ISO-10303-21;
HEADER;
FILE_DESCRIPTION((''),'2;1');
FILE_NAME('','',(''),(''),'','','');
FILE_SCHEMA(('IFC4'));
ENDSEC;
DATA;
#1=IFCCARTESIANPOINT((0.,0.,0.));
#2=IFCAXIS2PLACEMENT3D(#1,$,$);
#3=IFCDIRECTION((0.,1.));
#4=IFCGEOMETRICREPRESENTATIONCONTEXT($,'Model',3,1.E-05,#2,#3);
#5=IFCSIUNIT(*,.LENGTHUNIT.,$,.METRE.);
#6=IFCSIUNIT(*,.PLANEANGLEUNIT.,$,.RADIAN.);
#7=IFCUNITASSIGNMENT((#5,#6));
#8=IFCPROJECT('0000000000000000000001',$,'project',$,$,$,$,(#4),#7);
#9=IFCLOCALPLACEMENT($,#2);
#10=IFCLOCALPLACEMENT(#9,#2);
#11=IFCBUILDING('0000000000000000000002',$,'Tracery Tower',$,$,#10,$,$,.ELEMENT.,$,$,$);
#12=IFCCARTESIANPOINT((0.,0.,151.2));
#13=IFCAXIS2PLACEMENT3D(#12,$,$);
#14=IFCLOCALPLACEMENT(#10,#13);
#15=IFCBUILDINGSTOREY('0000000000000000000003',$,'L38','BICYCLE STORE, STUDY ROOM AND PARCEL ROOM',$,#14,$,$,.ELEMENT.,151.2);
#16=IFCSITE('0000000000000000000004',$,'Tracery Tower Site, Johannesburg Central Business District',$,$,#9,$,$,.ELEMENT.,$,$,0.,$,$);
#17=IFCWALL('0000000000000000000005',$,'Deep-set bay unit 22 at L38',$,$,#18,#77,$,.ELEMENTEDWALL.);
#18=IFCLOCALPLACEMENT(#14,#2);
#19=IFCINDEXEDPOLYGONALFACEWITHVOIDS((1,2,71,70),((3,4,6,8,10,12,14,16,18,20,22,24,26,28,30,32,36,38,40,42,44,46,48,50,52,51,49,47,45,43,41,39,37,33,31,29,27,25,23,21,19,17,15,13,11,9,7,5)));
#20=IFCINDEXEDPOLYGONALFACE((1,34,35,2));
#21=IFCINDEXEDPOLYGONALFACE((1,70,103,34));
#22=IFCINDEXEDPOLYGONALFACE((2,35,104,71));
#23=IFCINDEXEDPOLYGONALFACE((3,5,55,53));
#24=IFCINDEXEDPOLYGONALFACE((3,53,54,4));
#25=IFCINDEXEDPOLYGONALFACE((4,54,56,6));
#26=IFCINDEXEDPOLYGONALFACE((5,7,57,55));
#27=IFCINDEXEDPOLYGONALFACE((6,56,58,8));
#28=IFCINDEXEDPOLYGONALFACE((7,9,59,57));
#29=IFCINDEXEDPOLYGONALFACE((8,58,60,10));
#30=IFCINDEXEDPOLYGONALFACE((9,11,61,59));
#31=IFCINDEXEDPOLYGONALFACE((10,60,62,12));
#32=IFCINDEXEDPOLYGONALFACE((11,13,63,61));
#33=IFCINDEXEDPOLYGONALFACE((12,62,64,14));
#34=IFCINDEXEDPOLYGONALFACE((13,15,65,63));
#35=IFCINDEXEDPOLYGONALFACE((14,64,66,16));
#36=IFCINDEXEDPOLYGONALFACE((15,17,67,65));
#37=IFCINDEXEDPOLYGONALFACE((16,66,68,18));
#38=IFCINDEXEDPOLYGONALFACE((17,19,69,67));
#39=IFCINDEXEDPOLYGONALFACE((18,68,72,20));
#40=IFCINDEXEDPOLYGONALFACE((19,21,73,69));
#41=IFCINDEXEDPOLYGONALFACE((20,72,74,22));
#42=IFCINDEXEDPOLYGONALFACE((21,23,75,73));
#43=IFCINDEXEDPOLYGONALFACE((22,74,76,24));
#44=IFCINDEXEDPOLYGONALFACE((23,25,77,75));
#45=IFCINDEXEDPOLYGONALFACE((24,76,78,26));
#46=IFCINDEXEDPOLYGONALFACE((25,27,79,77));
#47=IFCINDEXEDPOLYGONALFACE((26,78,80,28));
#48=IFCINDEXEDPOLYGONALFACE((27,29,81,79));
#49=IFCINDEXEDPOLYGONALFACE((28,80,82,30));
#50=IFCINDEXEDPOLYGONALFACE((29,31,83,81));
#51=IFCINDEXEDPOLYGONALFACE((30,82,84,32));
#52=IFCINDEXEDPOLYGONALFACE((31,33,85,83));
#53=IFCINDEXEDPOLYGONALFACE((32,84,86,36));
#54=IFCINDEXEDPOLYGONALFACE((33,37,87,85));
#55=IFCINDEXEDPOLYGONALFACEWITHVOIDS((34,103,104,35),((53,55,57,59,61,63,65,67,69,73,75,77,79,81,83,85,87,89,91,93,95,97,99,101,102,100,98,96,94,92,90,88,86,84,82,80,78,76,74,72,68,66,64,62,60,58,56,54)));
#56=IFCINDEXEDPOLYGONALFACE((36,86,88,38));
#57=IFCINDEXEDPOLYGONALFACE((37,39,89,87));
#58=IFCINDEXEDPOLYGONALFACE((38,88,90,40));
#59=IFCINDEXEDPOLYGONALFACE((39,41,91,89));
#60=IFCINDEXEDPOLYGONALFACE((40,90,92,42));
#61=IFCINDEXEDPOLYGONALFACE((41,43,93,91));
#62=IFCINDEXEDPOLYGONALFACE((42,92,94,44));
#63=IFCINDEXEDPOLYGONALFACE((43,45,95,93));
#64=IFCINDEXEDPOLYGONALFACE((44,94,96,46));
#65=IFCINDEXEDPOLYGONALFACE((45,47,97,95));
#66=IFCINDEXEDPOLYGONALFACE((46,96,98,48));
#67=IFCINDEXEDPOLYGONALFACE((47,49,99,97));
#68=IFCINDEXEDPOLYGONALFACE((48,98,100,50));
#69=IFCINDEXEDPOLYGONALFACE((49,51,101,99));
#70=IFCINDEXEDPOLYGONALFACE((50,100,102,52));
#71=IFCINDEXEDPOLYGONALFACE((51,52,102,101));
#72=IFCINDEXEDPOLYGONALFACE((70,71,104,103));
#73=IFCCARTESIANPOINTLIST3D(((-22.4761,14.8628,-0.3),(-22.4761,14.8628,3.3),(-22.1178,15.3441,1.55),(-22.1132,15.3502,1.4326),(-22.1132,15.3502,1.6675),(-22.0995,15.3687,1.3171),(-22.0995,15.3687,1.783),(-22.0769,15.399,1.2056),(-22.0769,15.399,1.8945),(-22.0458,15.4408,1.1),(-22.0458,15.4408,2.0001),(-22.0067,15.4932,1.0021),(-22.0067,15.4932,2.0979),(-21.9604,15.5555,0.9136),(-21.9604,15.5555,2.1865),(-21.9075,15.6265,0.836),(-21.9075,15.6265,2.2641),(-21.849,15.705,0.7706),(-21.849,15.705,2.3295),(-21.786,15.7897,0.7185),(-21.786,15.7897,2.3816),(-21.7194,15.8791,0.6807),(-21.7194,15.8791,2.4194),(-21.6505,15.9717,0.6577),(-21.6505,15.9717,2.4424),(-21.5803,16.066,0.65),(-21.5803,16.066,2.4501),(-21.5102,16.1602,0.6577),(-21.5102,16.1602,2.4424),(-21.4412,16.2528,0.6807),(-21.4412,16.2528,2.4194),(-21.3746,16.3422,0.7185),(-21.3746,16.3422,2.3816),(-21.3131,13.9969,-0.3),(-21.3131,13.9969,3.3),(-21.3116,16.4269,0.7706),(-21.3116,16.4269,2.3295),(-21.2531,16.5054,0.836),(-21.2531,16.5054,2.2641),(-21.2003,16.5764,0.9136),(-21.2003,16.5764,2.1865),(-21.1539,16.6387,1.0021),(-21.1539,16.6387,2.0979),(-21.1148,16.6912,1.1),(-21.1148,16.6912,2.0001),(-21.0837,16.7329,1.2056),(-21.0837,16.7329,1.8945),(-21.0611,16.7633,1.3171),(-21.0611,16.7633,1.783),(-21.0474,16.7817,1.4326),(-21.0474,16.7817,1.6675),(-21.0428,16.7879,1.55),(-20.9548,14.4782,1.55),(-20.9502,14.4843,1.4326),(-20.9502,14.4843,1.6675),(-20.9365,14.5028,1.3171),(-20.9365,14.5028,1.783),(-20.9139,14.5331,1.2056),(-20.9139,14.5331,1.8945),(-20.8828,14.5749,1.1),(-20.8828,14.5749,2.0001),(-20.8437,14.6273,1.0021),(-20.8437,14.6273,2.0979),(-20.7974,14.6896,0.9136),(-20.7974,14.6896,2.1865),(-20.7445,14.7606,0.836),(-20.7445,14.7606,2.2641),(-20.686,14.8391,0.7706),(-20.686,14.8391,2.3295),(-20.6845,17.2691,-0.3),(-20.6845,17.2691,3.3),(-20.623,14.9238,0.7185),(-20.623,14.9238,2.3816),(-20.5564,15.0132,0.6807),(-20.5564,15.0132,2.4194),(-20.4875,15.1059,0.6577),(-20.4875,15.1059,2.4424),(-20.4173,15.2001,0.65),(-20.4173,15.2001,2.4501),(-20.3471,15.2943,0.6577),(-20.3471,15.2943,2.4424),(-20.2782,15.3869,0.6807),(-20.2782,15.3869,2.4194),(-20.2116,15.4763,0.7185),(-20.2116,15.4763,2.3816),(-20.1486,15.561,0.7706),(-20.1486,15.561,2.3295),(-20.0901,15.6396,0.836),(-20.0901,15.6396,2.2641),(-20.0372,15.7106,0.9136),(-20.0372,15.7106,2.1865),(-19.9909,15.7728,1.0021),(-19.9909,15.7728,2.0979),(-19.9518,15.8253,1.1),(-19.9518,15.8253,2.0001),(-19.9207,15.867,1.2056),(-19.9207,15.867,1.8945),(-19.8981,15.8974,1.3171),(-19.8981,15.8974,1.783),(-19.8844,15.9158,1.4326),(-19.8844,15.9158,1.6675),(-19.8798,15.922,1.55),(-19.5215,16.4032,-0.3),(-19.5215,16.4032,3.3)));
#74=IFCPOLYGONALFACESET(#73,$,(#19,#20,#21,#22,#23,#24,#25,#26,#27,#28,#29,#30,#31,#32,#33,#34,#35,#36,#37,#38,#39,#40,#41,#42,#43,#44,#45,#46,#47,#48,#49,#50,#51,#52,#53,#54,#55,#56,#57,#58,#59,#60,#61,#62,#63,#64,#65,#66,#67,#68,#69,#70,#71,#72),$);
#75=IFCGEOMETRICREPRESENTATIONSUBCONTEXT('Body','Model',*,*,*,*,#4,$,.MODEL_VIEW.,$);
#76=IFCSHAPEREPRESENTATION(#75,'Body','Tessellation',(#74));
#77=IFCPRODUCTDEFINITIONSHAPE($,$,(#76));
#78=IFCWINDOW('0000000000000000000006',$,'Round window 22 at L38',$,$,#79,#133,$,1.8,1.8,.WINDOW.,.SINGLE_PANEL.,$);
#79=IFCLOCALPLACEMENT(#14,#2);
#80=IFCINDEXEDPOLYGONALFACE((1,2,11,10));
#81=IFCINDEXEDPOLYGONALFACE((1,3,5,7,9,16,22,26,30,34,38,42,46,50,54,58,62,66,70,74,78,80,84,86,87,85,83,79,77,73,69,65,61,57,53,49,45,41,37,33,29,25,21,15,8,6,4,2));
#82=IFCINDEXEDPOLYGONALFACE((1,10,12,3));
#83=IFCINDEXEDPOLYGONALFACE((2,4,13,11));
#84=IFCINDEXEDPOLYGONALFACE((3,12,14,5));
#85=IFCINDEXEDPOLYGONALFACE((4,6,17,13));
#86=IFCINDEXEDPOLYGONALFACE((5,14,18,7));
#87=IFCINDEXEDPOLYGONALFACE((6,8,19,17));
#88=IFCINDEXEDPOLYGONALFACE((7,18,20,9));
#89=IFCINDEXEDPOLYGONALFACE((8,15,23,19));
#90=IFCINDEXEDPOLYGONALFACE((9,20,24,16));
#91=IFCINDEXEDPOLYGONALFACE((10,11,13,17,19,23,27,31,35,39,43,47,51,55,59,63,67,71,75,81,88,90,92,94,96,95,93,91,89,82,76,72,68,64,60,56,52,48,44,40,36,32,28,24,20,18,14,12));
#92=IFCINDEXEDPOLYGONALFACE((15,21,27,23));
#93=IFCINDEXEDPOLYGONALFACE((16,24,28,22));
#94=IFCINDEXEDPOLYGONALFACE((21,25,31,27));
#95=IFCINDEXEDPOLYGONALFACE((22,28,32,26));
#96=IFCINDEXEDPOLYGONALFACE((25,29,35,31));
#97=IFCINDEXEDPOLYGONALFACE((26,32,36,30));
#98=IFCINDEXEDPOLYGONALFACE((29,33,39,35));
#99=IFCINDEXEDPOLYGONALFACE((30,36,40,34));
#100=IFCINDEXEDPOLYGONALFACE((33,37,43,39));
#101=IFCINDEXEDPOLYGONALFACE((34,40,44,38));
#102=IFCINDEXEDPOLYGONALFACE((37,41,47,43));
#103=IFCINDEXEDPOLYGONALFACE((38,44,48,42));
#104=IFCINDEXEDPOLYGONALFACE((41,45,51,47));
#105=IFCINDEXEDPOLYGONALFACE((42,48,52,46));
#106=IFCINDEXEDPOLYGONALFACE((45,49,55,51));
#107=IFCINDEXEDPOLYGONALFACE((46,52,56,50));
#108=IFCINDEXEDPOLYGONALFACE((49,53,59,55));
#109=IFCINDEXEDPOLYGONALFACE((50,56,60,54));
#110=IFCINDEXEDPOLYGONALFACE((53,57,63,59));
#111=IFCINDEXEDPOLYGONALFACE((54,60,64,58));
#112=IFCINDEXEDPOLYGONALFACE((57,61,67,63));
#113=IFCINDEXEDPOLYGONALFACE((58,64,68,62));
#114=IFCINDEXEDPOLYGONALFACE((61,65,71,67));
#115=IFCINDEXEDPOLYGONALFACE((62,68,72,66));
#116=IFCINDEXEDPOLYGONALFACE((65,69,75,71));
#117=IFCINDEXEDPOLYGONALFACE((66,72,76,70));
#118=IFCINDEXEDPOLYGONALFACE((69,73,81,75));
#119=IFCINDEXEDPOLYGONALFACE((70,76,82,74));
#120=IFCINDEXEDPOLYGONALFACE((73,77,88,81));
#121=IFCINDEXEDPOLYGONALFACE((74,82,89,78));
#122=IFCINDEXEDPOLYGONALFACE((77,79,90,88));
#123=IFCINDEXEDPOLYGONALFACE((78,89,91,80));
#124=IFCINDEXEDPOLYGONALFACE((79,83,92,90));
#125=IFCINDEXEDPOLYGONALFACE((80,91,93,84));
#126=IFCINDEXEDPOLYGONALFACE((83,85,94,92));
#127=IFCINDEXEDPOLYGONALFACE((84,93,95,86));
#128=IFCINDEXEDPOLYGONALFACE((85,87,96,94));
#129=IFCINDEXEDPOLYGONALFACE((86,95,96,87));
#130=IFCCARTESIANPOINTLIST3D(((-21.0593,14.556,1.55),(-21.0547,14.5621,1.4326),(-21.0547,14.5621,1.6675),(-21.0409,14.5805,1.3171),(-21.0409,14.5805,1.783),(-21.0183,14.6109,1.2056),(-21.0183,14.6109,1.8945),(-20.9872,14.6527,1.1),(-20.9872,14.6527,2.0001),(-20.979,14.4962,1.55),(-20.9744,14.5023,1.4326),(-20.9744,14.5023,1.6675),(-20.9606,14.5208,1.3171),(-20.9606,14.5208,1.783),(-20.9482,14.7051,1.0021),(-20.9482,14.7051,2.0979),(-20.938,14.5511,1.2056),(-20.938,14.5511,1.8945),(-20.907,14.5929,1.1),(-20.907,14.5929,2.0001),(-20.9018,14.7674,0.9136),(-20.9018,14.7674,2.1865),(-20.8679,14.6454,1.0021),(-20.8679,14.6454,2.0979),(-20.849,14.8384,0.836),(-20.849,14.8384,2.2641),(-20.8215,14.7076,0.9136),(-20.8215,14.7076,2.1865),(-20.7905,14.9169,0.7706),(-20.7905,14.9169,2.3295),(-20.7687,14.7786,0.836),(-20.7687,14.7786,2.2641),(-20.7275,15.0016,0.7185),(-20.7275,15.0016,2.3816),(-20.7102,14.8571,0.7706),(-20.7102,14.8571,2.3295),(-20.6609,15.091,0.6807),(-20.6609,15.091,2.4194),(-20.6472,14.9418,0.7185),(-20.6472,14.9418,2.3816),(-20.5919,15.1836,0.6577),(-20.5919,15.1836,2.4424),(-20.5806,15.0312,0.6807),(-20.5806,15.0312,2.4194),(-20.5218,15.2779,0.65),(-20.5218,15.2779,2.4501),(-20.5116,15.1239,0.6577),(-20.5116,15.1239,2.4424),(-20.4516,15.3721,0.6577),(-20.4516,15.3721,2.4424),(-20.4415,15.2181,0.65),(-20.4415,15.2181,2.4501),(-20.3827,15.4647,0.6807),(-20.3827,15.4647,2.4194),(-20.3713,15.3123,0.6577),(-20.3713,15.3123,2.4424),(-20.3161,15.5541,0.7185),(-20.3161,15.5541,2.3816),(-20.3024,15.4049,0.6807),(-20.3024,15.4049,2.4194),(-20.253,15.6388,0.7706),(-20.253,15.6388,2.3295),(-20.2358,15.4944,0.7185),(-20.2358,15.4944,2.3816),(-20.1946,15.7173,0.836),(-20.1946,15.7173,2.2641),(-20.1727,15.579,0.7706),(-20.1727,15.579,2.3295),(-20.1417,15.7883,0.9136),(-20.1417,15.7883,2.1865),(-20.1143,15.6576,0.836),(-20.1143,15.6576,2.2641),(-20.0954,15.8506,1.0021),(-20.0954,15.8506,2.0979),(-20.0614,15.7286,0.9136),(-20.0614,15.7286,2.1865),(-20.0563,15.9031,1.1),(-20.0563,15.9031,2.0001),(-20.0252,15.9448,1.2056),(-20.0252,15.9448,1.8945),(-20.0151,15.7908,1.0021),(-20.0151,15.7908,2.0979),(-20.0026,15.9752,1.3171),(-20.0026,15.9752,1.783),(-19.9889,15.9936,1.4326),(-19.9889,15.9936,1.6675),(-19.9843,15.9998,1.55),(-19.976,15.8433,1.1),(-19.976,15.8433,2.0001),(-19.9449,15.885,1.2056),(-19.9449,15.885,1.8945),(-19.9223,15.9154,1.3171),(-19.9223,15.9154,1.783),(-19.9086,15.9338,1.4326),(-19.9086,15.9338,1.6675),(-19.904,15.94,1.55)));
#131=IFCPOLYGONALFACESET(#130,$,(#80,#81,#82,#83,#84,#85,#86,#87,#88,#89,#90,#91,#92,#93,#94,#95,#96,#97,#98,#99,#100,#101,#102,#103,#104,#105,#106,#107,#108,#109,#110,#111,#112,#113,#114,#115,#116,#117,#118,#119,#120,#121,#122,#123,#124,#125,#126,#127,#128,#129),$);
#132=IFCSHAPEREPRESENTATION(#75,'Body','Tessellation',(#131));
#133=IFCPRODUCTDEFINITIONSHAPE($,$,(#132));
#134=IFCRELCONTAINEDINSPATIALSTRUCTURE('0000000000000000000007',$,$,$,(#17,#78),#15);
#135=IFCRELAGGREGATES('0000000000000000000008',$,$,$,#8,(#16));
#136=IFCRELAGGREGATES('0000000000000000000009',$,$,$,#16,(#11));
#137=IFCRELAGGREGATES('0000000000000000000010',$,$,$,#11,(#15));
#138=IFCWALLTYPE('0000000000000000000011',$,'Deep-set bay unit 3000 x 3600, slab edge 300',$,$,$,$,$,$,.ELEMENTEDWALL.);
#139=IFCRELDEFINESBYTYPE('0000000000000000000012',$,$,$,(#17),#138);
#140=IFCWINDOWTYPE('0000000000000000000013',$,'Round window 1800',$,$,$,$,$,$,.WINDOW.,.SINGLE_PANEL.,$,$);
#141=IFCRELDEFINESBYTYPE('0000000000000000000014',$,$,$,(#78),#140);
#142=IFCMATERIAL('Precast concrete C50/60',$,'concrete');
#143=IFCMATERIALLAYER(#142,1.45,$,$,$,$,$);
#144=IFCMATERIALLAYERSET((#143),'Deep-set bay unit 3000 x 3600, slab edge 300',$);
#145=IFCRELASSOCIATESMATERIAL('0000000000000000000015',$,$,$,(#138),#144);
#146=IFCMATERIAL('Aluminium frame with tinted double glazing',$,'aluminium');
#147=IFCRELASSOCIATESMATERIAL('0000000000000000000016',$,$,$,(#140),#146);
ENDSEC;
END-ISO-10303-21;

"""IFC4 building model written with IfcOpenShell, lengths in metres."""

from ifc_helpers import new_model, si_unit, direction, frame, frame_2d, origin, origin_2d, place, context, subcontext, project, spatial, rectangle, circle, extrude, material, layer, layer_set, type_object, element, fill, save


model = new_model("IFC4")

# Units and contexts
model_context = context("Model", 3, precision=1e-05, world=origin(), true_north=direction((0.0, 1.0)))
body_context = subcontext(model_context, "Body", "Model", "MODEL_VIEW")
ifc_project = project(units=[si_unit("LENGTHUNIT", "METRE"), si_unit("PLANEANGLEUNIT", "RADIAN")], contexts=[model_context])

# Site, building, storey
site_placement = place(None, origin())
site = spatial("IfcSite", under=ifc_project, at=site_placement, Name="Tracery Tower Site, Johannesburg Central Business District", CompositionType="ELEMENT", RefElevation=0.0)
building_placement = place(site_placement, origin())
building = spatial("IfcBuilding", under=site, at=building_placement, Name="Tracery Tower", CompositionType="ELEMENT")
storey_placement = place(building_placement, frame((0.0, 0.0, 151.2)))
storey = spatial("IfcBuildingStorey", under=building, at=storey_placement, Name="L38", Description="BICYCLE STORE, STUDY ROOM AND PARCEL ROOM", CompositionType="ELEMENT", Elevation=151.2)

# Wall, opening, window
ifc_material_1 = material(Name="Precast concrete C50/60", Category="concrete")
ifc_layer_1 = layer(ifc_material_1, 1.45)
ifc_layer_set_1 = layer_set([ifc_layer_1], Name="Deep-set bay unit 3000 x 3600, slab edge 300")
wall_type_1 = type_object("IfcWallType", Name="Deep-set bay unit 3000 x 3600, slab edge 300", PredefinedType="ELEMENTEDWALL", material=ifc_layer_set_1)
ifc_material_2 = material(Name="Aluminium frame with tinted double glazing", Category="aluminium")
window_type = type_object("IfcWindowType", Name="Round window 1800", PartitioningType="SINGLE_PANEL", PredefinedType="WINDOW", material=ifc_material_2)
wall_1_placement = place(storey_placement, frame((-20.103, 16.8362, -0.3), z_axis=(0.0, 0.0, 1.0), x_axis=(-0.597184, -0.802104, 0.0)))
wall_1 = element("IfcWall", 1, at=wall_1_placement, inside=storey, type_object=wall_type_1, Name="Deep-set bay unit 22 at L38", PredefinedType="ELEMENTEDWALL", context=body_context, shape_type="SweptSolid", body=[
    extrude(rectangle(XDim=3.0, YDim=1.45, at=frame_2d((1.5, 0.0))), origin(), (0.0, 0.0, 1.0), 3.6001),
])
opening_1_placement = place(wall_1_placement, frame((1.5, 0.0, 1.8501)))
opening_1 = element("IfcOpeningElement", 2, at=opening_1_placement, cuts=wall_1, PredefinedType="OPENING", context=body_context, shape_type="SweptSolid", body=[
    extrude(circle(Radius=0.9, at=origin_2d()), frame((0.0, 0.7349, 0.0), z_axis=(0.0, -1.0, 0.0), x_axis=(1.0, 0.0, 0.0)), (0.0, 0.0, 1.0), 1.47),
])
window_1_placement = place(opening_1_placement, origin())
window_1 = element("IfcWindow", 3, at=window_1_placement, inside=storey, type_object=window_type, Name="Round window 22 at L38", OverallHeight=1.8, OverallWidth=1.8, PartitioningType="SINGLE_PANEL", PredefinedType="WINDOW", context=body_context, shape_type="SweptSolid", body=[
    extrude(circle(Radius=0.9, at=origin_2d()), frame((0.0, 0.6948, 0.0), z_axis=(0.0, -1.0, 0.0), x_axis=(1.0, 0.0, 0.0)), (0.0, 0.0, 1.0), 0.1001),
])
fill(opening_1, window_1)

save(model, "model.ifc")
